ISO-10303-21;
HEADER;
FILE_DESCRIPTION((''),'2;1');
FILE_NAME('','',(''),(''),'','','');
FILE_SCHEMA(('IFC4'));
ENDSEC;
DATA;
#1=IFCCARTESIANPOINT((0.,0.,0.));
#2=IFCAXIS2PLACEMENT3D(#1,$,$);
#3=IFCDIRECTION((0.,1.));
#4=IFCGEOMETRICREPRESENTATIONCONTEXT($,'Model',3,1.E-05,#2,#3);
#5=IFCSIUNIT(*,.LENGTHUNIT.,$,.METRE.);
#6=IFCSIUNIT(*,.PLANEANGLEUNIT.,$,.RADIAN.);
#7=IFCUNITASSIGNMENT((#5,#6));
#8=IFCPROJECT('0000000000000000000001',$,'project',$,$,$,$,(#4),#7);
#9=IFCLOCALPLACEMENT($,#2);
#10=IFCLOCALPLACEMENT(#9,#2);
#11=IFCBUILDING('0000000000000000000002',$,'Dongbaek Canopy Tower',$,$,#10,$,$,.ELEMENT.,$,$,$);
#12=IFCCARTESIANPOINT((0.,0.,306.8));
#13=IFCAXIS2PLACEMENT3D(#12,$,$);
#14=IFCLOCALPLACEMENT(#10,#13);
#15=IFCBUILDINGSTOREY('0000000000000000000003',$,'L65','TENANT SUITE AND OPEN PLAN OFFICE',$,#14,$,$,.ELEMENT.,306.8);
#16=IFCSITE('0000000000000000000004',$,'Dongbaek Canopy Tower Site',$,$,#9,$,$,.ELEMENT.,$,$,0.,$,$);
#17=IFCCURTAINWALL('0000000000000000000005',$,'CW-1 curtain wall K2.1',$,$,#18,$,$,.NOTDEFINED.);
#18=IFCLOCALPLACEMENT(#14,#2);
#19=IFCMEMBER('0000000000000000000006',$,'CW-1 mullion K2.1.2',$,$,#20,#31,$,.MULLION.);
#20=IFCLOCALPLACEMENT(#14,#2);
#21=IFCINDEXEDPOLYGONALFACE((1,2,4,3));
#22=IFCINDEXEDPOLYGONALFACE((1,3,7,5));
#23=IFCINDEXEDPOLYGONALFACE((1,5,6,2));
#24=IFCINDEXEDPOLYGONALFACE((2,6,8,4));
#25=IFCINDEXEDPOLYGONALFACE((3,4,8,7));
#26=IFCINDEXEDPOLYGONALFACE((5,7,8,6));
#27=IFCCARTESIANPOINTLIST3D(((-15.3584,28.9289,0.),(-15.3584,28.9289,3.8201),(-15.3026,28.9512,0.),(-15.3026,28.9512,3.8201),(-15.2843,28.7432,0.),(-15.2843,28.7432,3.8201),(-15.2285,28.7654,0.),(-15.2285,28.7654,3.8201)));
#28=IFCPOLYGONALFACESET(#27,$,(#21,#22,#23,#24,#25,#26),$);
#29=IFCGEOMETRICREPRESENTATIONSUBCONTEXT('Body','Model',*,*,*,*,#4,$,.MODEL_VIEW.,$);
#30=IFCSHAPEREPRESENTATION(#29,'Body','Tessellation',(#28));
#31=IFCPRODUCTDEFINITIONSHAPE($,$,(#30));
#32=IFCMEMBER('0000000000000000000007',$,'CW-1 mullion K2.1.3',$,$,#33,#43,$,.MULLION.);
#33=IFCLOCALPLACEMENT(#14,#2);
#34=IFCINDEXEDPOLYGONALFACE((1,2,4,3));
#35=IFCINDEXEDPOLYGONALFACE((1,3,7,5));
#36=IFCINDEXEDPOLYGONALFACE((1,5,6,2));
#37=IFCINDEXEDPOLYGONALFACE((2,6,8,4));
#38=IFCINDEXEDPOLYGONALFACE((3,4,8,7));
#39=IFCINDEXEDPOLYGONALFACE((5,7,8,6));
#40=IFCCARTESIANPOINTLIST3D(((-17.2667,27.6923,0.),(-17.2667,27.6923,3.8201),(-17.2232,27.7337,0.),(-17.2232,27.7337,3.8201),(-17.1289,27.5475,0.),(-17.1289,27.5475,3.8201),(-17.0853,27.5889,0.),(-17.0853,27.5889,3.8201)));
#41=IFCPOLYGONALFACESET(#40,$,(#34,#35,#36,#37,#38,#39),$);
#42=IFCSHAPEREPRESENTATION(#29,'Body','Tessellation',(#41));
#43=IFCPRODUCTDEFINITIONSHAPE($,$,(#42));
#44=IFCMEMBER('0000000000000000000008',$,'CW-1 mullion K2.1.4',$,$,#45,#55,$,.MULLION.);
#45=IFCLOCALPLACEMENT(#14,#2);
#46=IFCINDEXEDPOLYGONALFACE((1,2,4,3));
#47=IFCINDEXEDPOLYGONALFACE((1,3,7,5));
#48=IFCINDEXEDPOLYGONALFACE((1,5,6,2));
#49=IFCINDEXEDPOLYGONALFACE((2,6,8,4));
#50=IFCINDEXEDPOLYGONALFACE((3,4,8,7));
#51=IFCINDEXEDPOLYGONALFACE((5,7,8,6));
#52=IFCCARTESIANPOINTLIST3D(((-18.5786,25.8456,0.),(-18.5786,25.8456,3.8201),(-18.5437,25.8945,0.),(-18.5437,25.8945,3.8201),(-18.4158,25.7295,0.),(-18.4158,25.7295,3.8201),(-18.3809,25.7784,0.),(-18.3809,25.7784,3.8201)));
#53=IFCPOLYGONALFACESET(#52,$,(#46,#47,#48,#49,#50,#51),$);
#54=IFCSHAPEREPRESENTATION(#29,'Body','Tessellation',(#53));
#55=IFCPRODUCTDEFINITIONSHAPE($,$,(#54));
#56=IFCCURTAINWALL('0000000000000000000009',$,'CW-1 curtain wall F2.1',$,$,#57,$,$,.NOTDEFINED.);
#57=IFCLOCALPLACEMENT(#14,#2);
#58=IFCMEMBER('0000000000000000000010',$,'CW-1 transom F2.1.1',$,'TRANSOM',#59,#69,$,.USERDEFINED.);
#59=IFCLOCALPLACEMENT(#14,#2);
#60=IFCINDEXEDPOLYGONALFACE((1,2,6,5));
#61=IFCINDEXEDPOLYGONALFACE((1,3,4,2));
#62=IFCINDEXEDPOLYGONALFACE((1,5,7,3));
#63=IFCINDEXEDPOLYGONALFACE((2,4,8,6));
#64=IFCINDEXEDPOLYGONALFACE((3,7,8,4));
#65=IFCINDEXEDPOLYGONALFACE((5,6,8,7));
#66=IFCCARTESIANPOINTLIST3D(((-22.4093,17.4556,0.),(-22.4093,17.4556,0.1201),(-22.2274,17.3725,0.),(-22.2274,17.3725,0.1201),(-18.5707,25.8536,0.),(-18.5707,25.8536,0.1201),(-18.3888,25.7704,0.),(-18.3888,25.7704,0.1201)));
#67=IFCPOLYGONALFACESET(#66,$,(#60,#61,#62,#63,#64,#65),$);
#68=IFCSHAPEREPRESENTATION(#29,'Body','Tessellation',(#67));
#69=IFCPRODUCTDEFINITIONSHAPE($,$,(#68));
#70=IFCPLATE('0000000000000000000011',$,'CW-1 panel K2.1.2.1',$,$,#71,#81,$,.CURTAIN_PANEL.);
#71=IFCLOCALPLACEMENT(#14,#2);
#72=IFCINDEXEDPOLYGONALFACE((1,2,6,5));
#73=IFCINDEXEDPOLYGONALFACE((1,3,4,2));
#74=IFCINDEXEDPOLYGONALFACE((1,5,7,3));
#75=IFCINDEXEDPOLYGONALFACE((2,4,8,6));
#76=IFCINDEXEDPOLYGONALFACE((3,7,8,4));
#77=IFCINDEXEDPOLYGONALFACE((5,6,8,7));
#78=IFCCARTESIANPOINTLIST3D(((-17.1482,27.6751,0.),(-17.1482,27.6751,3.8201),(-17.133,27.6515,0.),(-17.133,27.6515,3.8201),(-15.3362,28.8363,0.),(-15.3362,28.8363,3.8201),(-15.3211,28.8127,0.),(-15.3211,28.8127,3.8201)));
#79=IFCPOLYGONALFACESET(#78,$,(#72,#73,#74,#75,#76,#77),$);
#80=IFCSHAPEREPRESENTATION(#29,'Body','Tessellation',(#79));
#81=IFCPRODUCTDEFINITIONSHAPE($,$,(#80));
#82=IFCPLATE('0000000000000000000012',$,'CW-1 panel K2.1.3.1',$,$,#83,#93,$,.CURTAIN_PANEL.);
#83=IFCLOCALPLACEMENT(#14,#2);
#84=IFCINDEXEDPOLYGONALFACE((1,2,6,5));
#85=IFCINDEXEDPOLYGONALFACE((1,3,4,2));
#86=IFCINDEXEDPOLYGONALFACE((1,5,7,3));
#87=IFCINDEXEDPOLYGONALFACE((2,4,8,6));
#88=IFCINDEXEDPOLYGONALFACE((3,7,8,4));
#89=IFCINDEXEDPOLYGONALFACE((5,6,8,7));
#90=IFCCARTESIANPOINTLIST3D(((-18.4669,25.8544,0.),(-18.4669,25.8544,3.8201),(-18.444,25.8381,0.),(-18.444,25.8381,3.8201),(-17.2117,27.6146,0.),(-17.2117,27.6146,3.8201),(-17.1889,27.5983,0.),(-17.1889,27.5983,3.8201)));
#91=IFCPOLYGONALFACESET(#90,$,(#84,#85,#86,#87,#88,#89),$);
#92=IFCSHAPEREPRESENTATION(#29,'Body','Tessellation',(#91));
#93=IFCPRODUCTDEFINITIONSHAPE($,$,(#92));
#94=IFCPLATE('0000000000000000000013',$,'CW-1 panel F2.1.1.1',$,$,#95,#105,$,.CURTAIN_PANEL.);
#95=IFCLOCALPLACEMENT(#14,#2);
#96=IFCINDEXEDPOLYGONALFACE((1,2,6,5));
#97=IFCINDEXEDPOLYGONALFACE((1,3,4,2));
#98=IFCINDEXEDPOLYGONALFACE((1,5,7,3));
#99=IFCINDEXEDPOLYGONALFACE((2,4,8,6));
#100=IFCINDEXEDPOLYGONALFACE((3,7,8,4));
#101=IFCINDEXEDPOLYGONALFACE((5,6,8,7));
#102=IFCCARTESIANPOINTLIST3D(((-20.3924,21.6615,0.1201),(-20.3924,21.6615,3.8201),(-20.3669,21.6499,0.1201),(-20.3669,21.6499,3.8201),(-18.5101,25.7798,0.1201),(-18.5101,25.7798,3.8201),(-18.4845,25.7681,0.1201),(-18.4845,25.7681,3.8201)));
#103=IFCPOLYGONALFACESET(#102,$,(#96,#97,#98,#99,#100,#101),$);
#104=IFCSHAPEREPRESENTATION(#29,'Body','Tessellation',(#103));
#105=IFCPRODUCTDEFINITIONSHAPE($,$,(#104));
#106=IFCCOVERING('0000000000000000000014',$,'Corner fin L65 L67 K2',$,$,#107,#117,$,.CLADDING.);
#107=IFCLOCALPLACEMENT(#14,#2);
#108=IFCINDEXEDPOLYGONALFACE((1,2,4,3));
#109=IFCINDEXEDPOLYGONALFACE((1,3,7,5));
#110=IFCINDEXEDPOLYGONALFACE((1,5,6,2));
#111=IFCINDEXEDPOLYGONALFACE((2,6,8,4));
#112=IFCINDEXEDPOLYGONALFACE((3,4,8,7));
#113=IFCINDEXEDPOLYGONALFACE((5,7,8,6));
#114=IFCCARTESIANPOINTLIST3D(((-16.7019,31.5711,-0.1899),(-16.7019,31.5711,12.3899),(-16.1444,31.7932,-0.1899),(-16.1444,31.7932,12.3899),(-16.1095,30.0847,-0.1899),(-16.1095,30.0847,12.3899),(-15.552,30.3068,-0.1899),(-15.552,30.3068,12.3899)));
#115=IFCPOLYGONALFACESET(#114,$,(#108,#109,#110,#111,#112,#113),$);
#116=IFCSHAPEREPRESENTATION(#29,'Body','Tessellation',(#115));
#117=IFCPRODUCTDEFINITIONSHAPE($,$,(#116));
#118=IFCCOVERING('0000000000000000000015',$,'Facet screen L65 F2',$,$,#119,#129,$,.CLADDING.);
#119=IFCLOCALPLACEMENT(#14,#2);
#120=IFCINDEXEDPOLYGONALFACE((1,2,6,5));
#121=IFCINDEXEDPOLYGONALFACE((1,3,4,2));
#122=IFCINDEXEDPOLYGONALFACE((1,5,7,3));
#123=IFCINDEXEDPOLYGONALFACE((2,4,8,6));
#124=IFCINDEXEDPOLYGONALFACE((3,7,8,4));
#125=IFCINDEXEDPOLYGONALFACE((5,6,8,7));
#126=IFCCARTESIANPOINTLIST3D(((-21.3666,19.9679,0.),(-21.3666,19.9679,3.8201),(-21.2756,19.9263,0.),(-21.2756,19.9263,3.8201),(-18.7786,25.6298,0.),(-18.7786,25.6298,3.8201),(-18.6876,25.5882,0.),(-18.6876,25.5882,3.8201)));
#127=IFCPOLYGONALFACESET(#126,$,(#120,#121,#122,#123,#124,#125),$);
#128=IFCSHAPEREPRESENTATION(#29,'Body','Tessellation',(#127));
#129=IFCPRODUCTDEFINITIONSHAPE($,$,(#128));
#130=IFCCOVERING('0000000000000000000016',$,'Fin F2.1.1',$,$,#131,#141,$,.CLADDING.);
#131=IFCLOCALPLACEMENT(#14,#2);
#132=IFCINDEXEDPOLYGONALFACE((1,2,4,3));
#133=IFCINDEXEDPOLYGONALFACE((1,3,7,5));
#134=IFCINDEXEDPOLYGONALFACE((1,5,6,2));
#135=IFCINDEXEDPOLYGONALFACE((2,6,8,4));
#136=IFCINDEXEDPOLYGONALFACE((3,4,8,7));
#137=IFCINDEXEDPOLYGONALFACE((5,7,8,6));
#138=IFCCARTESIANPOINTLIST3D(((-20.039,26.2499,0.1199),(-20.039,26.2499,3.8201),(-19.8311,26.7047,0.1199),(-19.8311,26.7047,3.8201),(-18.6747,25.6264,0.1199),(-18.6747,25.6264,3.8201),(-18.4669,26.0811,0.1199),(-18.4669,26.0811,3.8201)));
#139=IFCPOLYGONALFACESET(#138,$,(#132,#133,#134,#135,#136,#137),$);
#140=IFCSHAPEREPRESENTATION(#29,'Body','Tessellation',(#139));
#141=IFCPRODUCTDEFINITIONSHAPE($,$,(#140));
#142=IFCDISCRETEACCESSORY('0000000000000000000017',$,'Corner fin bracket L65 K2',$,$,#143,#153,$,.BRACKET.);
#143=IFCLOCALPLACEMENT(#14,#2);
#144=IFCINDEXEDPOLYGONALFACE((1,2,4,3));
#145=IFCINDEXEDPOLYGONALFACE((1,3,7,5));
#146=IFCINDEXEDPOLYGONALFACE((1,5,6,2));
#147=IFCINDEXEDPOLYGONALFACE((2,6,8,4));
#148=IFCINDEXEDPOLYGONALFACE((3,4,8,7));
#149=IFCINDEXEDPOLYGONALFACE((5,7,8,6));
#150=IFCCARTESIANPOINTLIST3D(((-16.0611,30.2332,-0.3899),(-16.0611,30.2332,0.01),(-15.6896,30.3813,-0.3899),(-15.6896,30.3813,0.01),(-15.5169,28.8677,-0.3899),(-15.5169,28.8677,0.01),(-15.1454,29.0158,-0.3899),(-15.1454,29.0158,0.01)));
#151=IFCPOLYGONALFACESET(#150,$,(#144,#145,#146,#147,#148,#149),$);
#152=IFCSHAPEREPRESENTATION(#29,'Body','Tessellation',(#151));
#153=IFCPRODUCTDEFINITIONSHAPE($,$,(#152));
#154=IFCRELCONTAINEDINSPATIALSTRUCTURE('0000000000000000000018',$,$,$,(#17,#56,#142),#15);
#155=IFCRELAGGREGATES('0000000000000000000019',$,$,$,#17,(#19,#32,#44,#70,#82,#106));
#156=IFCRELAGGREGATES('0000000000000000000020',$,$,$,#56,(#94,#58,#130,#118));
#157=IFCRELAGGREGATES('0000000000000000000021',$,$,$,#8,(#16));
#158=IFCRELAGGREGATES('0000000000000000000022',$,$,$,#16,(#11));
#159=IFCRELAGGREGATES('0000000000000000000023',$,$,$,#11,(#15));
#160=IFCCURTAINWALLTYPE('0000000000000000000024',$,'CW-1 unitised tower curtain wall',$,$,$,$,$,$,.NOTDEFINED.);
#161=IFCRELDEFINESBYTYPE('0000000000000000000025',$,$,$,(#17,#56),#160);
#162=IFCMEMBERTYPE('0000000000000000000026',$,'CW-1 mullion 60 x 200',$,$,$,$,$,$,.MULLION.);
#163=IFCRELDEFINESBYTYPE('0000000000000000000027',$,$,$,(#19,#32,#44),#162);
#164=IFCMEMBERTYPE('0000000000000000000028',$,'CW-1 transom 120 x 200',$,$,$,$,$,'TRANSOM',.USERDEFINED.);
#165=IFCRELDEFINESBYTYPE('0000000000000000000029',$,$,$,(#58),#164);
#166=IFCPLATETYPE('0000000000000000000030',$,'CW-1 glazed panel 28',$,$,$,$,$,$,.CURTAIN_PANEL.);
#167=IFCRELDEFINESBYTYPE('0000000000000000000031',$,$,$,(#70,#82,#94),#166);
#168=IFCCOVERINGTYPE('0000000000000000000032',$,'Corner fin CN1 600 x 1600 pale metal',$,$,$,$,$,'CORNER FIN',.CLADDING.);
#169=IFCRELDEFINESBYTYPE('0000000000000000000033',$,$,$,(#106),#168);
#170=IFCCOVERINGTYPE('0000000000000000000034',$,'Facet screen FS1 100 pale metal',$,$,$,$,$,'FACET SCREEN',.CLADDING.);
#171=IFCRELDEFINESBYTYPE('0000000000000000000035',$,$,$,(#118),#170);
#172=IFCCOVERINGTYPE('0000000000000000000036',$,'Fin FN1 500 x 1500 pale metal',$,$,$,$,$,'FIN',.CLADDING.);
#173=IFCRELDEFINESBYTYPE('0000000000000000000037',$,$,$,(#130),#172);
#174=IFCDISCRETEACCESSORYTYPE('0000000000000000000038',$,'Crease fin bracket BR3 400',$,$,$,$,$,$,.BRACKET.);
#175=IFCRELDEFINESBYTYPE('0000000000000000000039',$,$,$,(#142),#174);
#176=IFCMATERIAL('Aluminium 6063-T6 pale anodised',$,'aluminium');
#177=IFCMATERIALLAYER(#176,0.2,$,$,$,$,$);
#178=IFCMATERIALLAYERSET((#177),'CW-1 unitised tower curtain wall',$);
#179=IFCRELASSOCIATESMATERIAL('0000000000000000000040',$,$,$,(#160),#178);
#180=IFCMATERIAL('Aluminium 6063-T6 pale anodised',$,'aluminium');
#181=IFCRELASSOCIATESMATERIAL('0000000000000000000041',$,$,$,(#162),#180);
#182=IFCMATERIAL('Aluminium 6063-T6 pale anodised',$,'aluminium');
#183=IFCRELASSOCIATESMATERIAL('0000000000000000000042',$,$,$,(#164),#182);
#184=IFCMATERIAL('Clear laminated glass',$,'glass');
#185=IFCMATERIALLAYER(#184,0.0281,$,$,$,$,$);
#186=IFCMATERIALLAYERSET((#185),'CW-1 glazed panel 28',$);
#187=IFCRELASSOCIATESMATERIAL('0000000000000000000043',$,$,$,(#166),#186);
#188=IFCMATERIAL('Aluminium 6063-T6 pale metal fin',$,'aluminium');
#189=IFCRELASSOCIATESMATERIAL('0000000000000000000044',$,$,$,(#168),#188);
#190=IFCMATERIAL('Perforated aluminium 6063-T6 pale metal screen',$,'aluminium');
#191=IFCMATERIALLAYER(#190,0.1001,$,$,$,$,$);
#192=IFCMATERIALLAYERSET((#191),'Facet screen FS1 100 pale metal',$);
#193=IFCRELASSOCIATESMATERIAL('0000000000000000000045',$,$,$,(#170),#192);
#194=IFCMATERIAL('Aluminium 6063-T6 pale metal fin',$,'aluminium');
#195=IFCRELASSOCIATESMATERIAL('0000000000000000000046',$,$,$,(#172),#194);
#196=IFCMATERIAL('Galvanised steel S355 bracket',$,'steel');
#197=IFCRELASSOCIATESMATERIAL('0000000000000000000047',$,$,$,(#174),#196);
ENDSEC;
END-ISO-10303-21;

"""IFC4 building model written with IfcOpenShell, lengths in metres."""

from ifc_helpers import new_model, si_unit, direction, frame, origin, origin_2d, place, context, subcontext, project, spatial, rectangle, extrude, material, layer, layer_set, material_profile, profile_set, type_object, element, aggregate, save


model = new_model("IFC4")

# Units and contexts
model_context = context("Model", 3, precision=1e-05, world=origin(), true_north=direction((0.0, 1.0)))
body_context = subcontext(model_context, "Body", "Model", "MODEL_VIEW")
ifc_project = project(units=[si_unit("LENGTHUNIT", "METRE"), si_unit("PLANEANGLEUNIT", "RADIAN")], contexts=[model_context])

# Site, building, storey
site_placement = place(None, origin())
site = spatial("IfcSite", under=ifc_project, at=site_placement, Name="Dongbaek Canopy Tower Site", CompositionType="ELEMENT", RefElevation=0.0)
building_placement = place(site_placement, origin())
building = spatial("IfcBuilding", under=site, at=building_placement, Name="Dongbaek Canopy Tower", CompositionType="ELEMENT")
storey_placement = place(building_placement, frame((0.0, 0.0, 306.8)))
storey = spatial("IfcBuildingStorey", under=building, at=storey_placement, Name="L65", Description="TENANT SUITE AND OPEN PLAN OFFICE", CompositionType="ELEMENT", Elevation=306.8)

# Curtain wall, members
ifc_material_1 = material(Name="Aluminium 6063-T6 pale anodised", Category="aluminium")
ifc_layer_1 = layer(ifc_material_1, 0.2)
ifc_layer_set_1 = layer_set([ifc_layer_1], Name="CW-1 unitised tower curtain wall")
curtain_wall_type = type_object("IfcCurtainWallType", Name="CW-1 unitised tower curtain wall", PredefinedType="NOTDEFINED", material=ifc_layer_set_1)
curtain_wall_1_placement = place(storey_placement, origin())
curtain_wall_1 = element("IfcCurtainWall", 1, at=curtain_wall_1_placement, inside=storey, type_object=curtain_wall_type, Name="CW-1 curtain wall K2.1", PredefinedType="NOTDEFINED")
ifc_material_2 = material(Name="Aluminium 6063-T6 pale anodised", Category="aluminium")
ifc_material_profile_1 = material_profile(ifc_material_2, rectangle(XDim=0.2, YDim=0.0601, at=origin_2d()), Name="CW-1 mullion 60 x 200")
ifc_profile_set_1 = profile_set([ifc_material_profile_1], Name="Aluminium 6063-T6 pale anodised")
member_type_1 = type_object("IfcMemberType", Name="CW-1 mullion 60 x 200", PredefinedType="MULLION", material=ifc_profile_set_1)
member_1_placement = place(storey_placement, frame((-15.2935, 28.8472, 0.0), z_axis=(0.0, 0.0, 1.0), x_axis=(-0.370211, 0.928948, 0.0)))
member_1 = element("IfcMember", 2, at=member_1_placement, type_object=member_type_1, Name="CW-1 mullion K2.1.2", PredefinedType="MULLION", context=body_context, shape_type="SweptSolid", body=[
    extrude(rectangle(XDim=0.2, YDim=0.0601, at=origin_2d()), origin(), (0.0, 0.0, 1.0), 3.8201),
])
member_2_placement = place(storey_placement, frame((-17.176, 27.6406, 0.0), z_axis=(0.0, 0.0, 1.0), x_axis=(-0.689395, 0.724386, 0.0)))
member_2 = element("IfcMember", 3, at=member_2_placement, type_object=member_type_1, Name="CW-1 mullion K2.1.3", PredefinedType="MULLION", context=body_context, shape_type="SweptSolid", body=[
    extrude(rectangle(XDim=0.2, YDim=0.0601, at=origin_2d()), origin(), (0.0, 0.0, 1.0), 3.8201),
])
member_3_placement = place(storey_placement, frame((-18.4797, 25.812, 0.0), z_axis=(0.0, 0.0, 1.0), x_axis=(-0.814207, 0.580575, 0.0)))
member_3 = element("IfcMember", 4, at=member_3_placement, type_object=member_type_1, Name="CW-1 mullion K2.1.4", PredefinedType="MULLION", context=body_context, shape_type="SweptSolid", body=[
    extrude(rectangle(XDim=0.2, YDim=0.0601, at=origin_2d()), origin(), (0.0, 0.0, 1.0), 3.8201),
])

# Curtain wall, member
curtain_wall_2_placement = place(storey_placement, origin())
curtain_wall_2 = element("IfcCurtainWall", 5, at=curtain_wall_2_placement, inside=storey, type_object=curtain_wall_type, Name="CW-1 curtain wall F2.1", PredefinedType="NOTDEFINED")
ifc_material_3 = material(Name="Aluminium 6063-T6 pale anodised", Category="aluminium")
ifc_material_profile_2 = material_profile(ifc_material_3, rectangle(XDim=0.2, YDim=0.1201, at=origin_2d()), Name="CW-1 transom 120 x 200")
ifc_profile_set_2 = profile_set([ifc_material_profile_2], Name="Aluminium 6063-T6 pale anodised")
member_type_2 = type_object("IfcMemberType", Name="CW-1 transom 120 x 200", ElementType="TRANSOM", PredefinedType="USERDEFINED", material=ifc_profile_set_2)
member_4_placement = place(storey_placement, frame((-18.4797, 25.812, 0.0601), z_axis=(-0.41572, -0.909492, 0.0), x_axis=(0.909492, -0.41572, 0.0)))
member_4 = element("IfcMember", 6, at=member_4_placement, type_object=member_type_2, Name="CW-1 transom F2.1.1", ObjectType="TRANSOM", PredefinedType="USERDEFINED", context=body_context, shape_type="SweptSolid", body=[
    extrude(rectangle(XDim=0.2, YDim=0.1201, at=origin_2d()), origin(), (0.0, 0.0, 1.0), 9.2336),
])

# Plates
ifc_material_4 = material(Name="Clear laminated glass", Category="glass")
ifc_layer_2 = layer(ifc_material_4, 0.0281)
ifc_layer_set_2 = layer_set([ifc_layer_2], Name="CW-1 glazed panel 28")
plate_type = type_object("IfcPlateType", Name="CW-1 glazed panel 28", PredefinedType="CURTAIN_PANEL", material=ifc_layer_set_2)
plate_1_placement = place(storey_placement, frame((-16.2346, 28.2439, 0.0), z_axis=(0.0, 0.0, 1.0), x_axis=(-0.841931, -0.539586, 0.0)))
plate_1 = element("IfcPlate", 7, at=plate_1_placement, type_object=plate_type, Name="CW-1 panel K2.1.2.1", PredefinedType="CURTAIN_PANEL", context=body_context, shape_type="SweptSolid", body=[
    extrude(rectangle(XDim=2.1521, YDim=0.0281, at=origin_2d()), origin(), (0.0, 0.0, 1.0), 3.8201),
])
plate_2_placement = place(storey_placement, frame((-17.8279, 26.7263, 0.0), z_axis=(0.0, 0.0, 1.0), x_axis=(-0.580575, -0.814207, 0.0)))
plate_2 = element("IfcPlate", 8, at=plate_2_placement, type_object=plate_type, Name="CW-1 panel K2.1.3.1", PredefinedType="CURTAIN_PANEL", context=body_context, shape_type="SweptSolid", body=[
    extrude(rectangle(XDim=2.1619, YDim=0.0281, at=origin_2d()), origin(), (0.0, 0.0, 1.0), 3.8201),
])
plate_3_placement = place(storey_placement, frame((-19.4385, 23.7148, 0.1201), z_axis=(0.0, 0.0, 1.0), x_axis=(-0.415713, -0.909496, 0.0)))
plate_3 = element("IfcPlate", 9, at=plate_3_placement, type_object=plate_type, Name="CW-1 panel F2.1.1.1", PredefinedType="CURTAIN_PANEL", context=body_context, shape_type="SweptSolid", body=[
    extrude(rectangle(XDim=4.5281, YDim=0.0281, at=origin_2d()), origin(), (0.0, 0.0, 1.0), 3.7),
])

# Coverings
ifc_material_5 = material(Name="Aluminium 6063-T6 pale metal fin", Category="aluminium")
ifc_material_profile_3 = material_profile(ifc_material_5, rectangle(XDim=1.6001, YDim=0.6001, at=origin_2d()), Name="Corner fin CN1 600 x 1600 pale metal")
ifc_profile_set_3 = profile_set([ifc_material_profile_3], Name="Aluminium 6063-T6 pale metal fin")
covering_type_1 = type_object("IfcCoveringType", Name="Corner fin CN1 600 x 1600 pale metal", ElementType="CORNER FIN", PredefinedType="CLADDING", material=ifc_profile_set_3)
covering_1_placement = place(storey_placement, frame((-16.127, 30.939, -0.1899), z_axis=(0.0, 0.0, 1.0), x_axis=(-0.370212, 0.928947, 0.0)))
covering_1 = element("IfcCovering", 10, at=covering_1_placement, type_object=covering_type_1, Name="Corner fin L65 L67 K2", PredefinedType="CLADDING", context=body_context, shape_type="SweptSolid", body=[
    extrude(rectangle(XDim=1.6001, YDim=0.6001, at=origin_2d()), origin(), (0.0, 0.0, 1.0), 12.5798),
])
aggregate(curtain_wall_1, [member_1, member_2, member_3, plate_1, plate_2, covering_1])
ifc_material_6 = material(Name="Perforated aluminium 6063-T6 pale metal screen", Category="aluminium")
ifc_layer_3 = layer(ifc_material_6, 0.1001)
ifc_layer_set_3 = layer_set([ifc_layer_3], Name="Facet screen FS1 100 pale metal")
covering_type_2 = type_object("IfcCoveringType", Name="Facet screen FS1 100 pale metal", ElementType="FACET SCREEN", PredefinedType="CLADDING", material=ifc_layer_set_3)
covering_2_placement = place(storey_placement, frame((-20.0271, 22.7781, 0.0), z_axis=(0.0, 0.0, 1.0), x_axis=(-0.415713, -0.909496, 0.0)))
covering_2 = element("IfcCovering", 11, at=covering_2_placement, type_object=covering_type_2, Name="Facet screen L65 F2", PredefinedType="CLADDING", context=body_context, shape_type="SweptSolid", body=[
    extrude(rectangle(XDim=6.2253, YDim=0.1001, at=origin_2d()), origin(), (0.0, 0.0, 1.0), 3.8201),
])
ifc_material_7 = material(Name="Aluminium 6063-T6 pale metal fin", Category="aluminium")
ifc_material_profile_4 = material_profile(ifc_material_7, rectangle(XDim=1.5, YDim=0.5, at=origin_2d()), Name="Fin FN1 500 x 1500 pale metal")
ifc_profile_set_4 = profile_set([ifc_material_profile_4], Name="Aluminium 6063-T6 pale metal fin")
covering_type_3 = type_object("IfcCoveringType", Name="Fin FN1 500 x 1500 pale metal", ElementType="FIN", PredefinedType="CLADDING", material=ifc_profile_set_4)
covering_3_placement = place(storey_placement, frame((-19.2529, 26.1655, 0.1199), z_axis=(0.0, 0.0, 1.0), x_axis=(-0.909496, 0.415713, 0.0)))
covering_3 = element("IfcCovering", 12, at=covering_3_placement, type_object=covering_type_3, Name="Fin F2.1.1", PredefinedType="CLADDING", context=body_context, shape_type="SweptSolid", body=[
    extrude(rectangle(XDim=1.5, YDim=0.5, at=origin_2d()), origin(), (0.0, 0.0, 1.0), 3.7002),
])
aggregate(curtain_wall_2, [plate_3, member_4, covering_3, covering_2])

# Discrete accessory
ifc_material_8 = material(Name="Galvanised steel S355 bracket", Category="steel")
discrete_accessory_type = type_object("IfcDiscreteAccessoryType", Name="Crease fin bracket BR3 400", PredefinedType="BRACKET", material=ifc_material_8)
discrete_accessory_placement = place(storey_placement, frame((-15.6033, 29.6245, -0.3899), z_axis=(0.0, 0.0, 1.0), x_axis=(-0.370212, 0.928947, 0.0)))
element("IfcDiscreteAccessory", 13, at=discrete_accessory_placement, inside=storey, type_object=discrete_accessory_type, Name="Corner fin bracket L65 K2", PredefinedType="BRACKET", context=body_context, shape_type="SweptSolid", body=[
    extrude(rectangle(XDim=1.47, YDim=0.3999, at=origin_2d()), origin(), (0.0, 0.0, 1.0), 0.3999),
])

save(model, "model.ifc")
